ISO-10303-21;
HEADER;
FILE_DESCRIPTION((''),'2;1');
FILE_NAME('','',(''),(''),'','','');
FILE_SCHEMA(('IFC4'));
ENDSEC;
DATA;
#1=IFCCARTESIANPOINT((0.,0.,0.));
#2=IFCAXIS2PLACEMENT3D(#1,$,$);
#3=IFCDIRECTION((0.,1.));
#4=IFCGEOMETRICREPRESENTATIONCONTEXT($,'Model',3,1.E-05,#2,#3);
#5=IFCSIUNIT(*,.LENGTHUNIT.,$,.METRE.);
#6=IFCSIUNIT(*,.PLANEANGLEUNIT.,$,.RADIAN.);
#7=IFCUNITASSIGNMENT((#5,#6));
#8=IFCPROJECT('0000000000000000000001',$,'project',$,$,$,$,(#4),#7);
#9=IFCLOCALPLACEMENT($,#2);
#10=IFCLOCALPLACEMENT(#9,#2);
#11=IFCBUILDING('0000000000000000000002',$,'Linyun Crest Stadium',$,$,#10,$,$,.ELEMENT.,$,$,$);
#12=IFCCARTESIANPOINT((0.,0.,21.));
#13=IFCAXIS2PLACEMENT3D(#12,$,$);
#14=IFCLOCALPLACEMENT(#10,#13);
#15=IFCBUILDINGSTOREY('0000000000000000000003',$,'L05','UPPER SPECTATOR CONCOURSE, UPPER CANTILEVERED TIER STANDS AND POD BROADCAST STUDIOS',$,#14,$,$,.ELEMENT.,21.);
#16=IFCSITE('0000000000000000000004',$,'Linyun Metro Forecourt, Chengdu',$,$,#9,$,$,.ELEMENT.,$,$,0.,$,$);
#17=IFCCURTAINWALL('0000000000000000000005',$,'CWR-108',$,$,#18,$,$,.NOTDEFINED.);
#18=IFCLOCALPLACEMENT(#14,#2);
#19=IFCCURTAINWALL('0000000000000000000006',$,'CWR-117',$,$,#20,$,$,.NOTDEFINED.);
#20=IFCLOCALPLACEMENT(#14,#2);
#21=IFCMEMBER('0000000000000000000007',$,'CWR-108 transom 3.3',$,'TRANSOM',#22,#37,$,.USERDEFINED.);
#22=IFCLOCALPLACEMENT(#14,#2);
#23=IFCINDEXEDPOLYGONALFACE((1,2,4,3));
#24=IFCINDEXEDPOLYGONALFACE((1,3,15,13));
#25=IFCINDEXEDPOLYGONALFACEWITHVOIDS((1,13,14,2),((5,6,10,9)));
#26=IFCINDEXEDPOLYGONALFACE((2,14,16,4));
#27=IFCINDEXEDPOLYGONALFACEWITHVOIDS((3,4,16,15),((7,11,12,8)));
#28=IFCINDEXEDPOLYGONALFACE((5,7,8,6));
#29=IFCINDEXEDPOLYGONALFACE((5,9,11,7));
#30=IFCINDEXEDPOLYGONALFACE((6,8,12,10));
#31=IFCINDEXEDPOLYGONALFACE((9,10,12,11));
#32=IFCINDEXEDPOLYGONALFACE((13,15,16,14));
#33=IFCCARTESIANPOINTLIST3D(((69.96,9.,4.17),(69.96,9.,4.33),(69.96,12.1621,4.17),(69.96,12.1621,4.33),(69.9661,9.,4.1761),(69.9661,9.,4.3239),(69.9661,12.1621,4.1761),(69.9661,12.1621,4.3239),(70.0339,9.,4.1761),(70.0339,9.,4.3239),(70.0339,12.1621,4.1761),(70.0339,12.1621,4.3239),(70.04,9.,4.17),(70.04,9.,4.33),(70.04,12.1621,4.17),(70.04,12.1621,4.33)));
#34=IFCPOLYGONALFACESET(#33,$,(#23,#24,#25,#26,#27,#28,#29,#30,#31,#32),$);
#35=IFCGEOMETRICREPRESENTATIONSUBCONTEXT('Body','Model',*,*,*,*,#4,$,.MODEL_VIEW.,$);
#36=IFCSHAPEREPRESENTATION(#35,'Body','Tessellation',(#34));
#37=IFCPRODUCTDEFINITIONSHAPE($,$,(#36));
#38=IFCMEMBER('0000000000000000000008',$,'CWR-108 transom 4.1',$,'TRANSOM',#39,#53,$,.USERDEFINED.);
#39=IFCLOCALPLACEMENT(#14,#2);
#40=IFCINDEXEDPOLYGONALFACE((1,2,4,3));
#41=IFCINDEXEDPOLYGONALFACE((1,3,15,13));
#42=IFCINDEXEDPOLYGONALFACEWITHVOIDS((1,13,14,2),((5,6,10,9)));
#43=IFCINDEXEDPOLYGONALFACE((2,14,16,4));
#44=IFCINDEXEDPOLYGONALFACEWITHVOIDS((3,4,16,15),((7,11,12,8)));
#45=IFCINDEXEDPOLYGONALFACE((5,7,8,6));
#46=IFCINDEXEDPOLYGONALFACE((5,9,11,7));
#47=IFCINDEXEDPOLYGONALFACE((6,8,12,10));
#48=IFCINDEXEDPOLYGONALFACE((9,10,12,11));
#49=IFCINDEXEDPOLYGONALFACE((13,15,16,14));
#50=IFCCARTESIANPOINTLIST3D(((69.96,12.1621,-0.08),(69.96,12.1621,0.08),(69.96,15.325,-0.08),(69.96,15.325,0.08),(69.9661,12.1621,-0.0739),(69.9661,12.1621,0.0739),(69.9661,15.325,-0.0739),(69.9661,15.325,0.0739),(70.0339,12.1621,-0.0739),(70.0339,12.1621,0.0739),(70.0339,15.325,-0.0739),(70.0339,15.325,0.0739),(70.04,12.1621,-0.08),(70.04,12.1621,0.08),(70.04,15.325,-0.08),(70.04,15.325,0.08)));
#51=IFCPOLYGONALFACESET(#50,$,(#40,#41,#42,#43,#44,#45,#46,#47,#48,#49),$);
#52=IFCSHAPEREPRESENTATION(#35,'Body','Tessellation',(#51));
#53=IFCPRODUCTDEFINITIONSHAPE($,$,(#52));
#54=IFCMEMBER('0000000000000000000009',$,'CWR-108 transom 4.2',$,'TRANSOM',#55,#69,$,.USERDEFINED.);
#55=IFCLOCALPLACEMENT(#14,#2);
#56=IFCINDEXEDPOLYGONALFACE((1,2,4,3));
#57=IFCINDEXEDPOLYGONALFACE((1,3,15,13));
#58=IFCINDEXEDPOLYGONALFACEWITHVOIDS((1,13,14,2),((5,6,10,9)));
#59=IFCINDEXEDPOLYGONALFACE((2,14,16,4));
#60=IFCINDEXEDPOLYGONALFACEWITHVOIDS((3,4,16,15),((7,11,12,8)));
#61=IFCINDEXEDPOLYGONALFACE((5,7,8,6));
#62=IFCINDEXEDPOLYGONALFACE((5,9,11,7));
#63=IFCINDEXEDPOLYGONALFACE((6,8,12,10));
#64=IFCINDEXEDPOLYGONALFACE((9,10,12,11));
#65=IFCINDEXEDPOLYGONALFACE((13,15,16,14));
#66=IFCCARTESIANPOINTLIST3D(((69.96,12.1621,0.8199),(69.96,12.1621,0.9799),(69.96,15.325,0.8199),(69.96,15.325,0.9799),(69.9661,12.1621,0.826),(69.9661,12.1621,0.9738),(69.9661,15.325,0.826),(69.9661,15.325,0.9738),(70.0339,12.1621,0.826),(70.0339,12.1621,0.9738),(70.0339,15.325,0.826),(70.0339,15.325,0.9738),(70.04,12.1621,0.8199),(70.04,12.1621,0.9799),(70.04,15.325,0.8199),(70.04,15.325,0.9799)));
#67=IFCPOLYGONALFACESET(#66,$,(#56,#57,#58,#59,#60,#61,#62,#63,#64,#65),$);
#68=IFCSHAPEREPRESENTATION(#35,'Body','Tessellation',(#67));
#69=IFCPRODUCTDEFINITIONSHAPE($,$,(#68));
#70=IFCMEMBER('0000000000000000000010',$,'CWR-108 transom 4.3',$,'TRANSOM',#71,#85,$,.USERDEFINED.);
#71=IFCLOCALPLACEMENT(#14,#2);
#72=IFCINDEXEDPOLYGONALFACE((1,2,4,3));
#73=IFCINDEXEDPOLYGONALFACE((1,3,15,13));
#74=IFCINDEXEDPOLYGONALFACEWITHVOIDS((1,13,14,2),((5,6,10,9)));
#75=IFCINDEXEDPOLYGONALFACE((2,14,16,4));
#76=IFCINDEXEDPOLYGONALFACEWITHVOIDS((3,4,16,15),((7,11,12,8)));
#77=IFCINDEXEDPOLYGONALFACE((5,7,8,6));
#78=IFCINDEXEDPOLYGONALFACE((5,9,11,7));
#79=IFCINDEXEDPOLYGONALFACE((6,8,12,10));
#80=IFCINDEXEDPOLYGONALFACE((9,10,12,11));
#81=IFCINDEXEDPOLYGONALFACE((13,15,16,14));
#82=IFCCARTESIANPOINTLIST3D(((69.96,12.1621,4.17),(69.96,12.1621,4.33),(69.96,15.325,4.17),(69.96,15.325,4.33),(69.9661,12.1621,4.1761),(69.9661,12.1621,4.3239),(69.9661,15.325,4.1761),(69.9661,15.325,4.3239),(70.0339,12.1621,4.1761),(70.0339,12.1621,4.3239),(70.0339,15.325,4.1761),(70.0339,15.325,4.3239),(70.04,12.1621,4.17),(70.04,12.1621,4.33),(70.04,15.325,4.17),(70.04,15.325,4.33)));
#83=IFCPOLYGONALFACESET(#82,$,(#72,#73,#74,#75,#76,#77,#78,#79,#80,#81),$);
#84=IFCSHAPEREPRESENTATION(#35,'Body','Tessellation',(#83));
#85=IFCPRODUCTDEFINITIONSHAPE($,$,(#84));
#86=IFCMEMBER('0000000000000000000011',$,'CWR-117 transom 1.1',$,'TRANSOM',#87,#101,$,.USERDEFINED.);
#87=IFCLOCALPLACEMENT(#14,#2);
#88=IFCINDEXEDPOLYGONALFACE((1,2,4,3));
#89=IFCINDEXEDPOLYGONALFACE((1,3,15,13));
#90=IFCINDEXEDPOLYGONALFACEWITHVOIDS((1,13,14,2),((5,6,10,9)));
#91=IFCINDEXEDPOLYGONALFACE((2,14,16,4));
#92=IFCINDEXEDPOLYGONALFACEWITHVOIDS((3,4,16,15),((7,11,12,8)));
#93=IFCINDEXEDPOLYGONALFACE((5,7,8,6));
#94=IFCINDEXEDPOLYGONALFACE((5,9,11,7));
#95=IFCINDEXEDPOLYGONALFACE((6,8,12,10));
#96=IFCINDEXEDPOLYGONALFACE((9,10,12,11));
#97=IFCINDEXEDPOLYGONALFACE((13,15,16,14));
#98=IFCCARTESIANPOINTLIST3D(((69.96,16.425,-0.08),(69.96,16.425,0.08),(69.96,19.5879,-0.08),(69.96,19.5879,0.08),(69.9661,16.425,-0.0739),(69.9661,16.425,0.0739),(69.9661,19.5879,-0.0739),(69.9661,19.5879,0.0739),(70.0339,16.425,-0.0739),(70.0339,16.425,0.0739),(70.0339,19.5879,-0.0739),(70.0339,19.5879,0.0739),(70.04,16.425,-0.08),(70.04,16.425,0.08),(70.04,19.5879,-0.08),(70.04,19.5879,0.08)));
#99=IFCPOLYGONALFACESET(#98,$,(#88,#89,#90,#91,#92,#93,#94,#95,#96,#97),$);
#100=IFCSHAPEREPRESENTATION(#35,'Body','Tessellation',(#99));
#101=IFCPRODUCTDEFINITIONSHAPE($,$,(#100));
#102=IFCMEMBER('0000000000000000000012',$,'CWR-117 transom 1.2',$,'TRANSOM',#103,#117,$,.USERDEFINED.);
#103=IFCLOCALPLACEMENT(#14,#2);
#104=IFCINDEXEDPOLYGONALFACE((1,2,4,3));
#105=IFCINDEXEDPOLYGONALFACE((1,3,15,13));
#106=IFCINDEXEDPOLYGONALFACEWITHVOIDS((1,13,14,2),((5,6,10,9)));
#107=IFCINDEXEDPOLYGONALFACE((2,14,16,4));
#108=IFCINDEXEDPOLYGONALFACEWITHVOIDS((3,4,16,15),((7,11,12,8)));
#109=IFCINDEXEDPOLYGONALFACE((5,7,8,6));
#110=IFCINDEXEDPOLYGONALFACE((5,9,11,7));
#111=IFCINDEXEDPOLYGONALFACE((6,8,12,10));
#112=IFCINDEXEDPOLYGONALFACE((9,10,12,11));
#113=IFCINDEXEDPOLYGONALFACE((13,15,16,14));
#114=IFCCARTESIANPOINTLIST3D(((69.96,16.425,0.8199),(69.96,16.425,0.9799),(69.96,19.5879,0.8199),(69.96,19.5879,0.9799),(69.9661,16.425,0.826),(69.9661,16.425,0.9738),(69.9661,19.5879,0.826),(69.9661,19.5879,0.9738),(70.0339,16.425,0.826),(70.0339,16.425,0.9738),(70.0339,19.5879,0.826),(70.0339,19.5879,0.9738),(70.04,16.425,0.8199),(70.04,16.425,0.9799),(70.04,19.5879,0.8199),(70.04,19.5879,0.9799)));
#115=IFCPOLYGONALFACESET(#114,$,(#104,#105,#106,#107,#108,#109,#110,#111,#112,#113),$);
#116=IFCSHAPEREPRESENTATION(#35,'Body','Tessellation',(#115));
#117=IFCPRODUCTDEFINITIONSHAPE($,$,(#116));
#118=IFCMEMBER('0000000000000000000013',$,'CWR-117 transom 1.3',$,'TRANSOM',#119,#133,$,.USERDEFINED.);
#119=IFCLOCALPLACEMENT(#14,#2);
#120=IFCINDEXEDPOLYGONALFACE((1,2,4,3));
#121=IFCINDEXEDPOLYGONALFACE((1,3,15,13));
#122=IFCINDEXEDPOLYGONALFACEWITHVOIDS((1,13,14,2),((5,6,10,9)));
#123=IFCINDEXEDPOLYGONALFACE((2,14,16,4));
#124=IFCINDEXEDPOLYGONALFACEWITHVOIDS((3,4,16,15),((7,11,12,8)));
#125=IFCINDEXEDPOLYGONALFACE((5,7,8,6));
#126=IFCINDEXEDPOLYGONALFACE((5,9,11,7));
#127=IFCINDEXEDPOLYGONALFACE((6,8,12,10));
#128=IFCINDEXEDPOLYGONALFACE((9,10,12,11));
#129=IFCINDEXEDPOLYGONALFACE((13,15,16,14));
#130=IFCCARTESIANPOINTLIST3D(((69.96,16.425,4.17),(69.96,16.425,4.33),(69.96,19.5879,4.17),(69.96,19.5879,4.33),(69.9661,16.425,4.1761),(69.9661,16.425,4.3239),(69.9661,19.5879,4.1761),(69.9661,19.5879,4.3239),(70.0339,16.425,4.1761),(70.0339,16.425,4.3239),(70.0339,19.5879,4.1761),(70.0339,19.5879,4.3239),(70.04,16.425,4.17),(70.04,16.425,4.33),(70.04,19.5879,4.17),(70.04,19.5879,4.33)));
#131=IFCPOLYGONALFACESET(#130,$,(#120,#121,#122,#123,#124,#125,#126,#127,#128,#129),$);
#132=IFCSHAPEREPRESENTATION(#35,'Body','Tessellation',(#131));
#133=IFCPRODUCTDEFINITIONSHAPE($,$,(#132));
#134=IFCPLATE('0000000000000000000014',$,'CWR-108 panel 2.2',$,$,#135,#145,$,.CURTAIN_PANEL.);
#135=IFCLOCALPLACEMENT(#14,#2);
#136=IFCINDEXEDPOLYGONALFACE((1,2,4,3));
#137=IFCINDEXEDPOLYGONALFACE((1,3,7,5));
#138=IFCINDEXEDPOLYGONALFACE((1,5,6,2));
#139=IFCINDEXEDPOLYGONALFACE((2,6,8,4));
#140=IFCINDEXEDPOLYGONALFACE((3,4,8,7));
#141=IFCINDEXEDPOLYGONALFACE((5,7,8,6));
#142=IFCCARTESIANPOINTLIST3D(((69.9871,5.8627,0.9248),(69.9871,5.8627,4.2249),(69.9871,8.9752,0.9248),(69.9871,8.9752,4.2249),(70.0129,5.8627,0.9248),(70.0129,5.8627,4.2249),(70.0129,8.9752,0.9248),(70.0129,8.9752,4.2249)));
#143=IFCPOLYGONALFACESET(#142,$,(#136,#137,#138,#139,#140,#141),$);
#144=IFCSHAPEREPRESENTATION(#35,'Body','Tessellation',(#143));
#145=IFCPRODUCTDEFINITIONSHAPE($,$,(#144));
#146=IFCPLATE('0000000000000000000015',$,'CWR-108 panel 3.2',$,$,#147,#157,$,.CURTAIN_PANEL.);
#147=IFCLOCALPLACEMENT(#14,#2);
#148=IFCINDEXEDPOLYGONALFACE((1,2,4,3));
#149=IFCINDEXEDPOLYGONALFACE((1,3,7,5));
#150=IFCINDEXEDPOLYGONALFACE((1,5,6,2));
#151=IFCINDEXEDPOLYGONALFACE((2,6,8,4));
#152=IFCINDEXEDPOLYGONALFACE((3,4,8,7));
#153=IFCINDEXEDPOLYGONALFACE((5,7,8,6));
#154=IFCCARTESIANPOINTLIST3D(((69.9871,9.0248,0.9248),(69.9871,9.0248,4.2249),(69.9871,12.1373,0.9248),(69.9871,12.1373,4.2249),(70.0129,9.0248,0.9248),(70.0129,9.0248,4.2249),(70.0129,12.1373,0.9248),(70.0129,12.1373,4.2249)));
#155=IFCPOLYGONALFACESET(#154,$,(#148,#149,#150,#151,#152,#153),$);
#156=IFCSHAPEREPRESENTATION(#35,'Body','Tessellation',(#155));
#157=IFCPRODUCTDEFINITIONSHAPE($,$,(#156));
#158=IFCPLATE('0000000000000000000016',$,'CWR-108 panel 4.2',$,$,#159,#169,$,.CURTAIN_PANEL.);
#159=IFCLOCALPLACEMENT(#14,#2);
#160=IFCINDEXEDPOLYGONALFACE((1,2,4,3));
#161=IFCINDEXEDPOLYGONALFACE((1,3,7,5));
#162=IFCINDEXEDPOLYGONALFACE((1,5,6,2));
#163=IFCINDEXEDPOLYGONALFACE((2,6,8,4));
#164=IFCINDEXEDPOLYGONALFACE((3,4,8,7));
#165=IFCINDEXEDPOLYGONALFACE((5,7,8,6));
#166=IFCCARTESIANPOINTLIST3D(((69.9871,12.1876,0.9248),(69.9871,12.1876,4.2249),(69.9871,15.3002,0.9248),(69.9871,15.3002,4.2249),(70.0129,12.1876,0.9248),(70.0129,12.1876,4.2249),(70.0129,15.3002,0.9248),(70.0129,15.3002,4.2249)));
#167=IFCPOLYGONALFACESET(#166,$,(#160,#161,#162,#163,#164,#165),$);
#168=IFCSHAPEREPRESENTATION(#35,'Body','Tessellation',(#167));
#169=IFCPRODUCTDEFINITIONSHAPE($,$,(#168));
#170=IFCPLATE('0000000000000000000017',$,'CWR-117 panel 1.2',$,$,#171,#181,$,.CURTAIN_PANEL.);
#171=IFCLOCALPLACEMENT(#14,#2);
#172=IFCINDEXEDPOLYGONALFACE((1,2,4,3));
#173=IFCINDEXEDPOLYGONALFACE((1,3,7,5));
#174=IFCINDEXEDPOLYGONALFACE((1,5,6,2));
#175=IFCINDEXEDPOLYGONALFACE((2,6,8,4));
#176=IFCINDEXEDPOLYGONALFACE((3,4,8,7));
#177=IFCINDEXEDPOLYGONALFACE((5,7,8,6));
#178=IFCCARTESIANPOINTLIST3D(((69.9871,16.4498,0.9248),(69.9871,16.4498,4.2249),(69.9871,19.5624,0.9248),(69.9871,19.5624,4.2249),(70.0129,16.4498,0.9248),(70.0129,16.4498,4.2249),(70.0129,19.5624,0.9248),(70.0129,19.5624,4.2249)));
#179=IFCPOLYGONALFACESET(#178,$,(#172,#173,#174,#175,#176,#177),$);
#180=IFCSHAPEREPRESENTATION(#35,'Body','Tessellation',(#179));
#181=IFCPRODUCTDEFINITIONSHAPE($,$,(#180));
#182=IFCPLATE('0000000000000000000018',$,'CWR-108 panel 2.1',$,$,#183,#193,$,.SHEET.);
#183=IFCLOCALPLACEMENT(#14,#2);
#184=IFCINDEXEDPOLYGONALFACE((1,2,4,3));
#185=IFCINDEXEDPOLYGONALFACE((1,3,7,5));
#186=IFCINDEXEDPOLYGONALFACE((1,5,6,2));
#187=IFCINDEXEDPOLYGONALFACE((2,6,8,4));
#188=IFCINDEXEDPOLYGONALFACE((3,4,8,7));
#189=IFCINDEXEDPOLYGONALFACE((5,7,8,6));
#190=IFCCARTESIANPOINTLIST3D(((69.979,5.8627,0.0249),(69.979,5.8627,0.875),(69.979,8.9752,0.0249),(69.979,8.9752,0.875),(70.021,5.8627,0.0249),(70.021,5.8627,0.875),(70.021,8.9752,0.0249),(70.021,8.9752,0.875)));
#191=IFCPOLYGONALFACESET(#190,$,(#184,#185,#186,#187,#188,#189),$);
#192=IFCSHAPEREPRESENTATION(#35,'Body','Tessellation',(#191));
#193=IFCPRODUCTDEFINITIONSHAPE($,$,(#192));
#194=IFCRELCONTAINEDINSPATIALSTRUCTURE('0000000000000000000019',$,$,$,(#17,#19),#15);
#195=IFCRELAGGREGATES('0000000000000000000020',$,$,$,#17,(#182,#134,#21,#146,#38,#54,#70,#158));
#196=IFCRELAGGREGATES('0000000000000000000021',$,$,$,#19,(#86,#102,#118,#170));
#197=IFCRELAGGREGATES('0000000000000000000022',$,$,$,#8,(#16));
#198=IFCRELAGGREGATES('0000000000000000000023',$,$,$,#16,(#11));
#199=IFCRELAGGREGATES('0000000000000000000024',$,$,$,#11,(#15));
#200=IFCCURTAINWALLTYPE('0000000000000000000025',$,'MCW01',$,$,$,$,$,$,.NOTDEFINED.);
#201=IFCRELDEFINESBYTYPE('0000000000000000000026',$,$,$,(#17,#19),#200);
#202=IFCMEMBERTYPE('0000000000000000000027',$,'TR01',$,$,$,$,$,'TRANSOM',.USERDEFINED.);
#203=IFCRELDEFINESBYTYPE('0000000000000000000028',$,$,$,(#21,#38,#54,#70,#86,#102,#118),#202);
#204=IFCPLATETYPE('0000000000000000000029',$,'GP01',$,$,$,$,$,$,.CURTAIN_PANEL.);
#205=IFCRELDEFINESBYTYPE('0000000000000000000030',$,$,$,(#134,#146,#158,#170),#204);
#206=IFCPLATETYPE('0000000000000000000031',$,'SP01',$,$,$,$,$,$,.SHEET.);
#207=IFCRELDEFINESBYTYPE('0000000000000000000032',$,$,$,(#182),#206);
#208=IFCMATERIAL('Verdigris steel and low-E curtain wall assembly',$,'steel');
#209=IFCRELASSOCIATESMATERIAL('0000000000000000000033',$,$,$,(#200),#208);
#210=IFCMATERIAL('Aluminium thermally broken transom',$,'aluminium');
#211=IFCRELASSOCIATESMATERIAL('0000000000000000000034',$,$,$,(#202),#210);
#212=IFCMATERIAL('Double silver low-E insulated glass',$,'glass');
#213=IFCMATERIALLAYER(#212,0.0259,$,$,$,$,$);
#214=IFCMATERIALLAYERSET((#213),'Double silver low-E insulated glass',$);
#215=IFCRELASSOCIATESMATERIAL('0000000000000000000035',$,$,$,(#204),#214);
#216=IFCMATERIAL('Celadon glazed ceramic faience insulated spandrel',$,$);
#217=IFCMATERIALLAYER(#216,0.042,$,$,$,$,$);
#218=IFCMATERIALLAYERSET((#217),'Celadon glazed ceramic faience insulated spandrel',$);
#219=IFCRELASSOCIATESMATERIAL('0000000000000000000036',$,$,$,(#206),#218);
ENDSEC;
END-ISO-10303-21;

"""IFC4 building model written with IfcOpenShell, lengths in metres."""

from ifc_helpers import new_model, si_unit, direction, frame, origin, origin_2d, place, context, subcontext, project, spatial, rectangle, hollow_rectangle, extrude, material, layer, layer_set, material_profile, profile_set, type_object, element, aggregate, save


model = new_model("IFC4")

# Units and contexts
model_context = context("Model", 3, precision=1e-05, world=origin(), true_north=direction((0.0, 1.0)))
body_context = subcontext(model_context, "Body", "Model", "MODEL_VIEW")
ifc_project = project(units=[si_unit("LENGTHUNIT", "METRE"), si_unit("PLANEANGLEUNIT", "RADIAN")], contexts=[model_context])

# Site, building, storey
site_placement = place(None, origin())
site = spatial("IfcSite", under=ifc_project, at=site_placement, Name="Linyun Metro Forecourt, Chengdu", CompositionType="ELEMENT", RefElevation=0.0)
building_placement = place(site_placement, origin())
building = spatial("IfcBuilding", under=site, at=building_placement, Name="Linyun Crest Stadium", CompositionType="ELEMENT")
storey_placement = place(building_placement, frame((0.0, 0.0, 21.0)))
storey = spatial("IfcBuildingStorey", under=building, at=storey_placement, Name="L05", Description="UPPER SPECTATOR CONCOURSE, UPPER CANTILEVERED TIER STANDS AND POD BROADCAST STUDIOS", CompositionType="ELEMENT", Elevation=21.0)

# Curtain walls
ifc_material_1 = material(Name="Verdigris steel and low-E curtain wall assembly", Category="steel")
curtain_wall_type = type_object("IfcCurtainWallType", Name="MCW01", PredefinedType="NOTDEFINED", material=ifc_material_1)
curtain_wall_1_placement = place(storey_placement, origin())
curtain_wall_1 = element("IfcCurtainWall", 1, at=curtain_wall_1_placement, inside=storey, type_object=curtain_wall_type, Name="CWR-108", PredefinedType="NOTDEFINED")
curtain_wall_2_placement = place(storey_placement, origin())
curtain_wall_2 = element("IfcCurtainWall", 2, at=curtain_wall_2_placement, inside=storey, type_object=curtain_wall_type, Name="CWR-117", PredefinedType="NOTDEFINED")

# Members
ifc_material_2 = material(Name="Aluminium thermally broken transom", Category="aluminium")
ifc_material_profile_1 = material_profile(ifc_material_2, hollow_rectangle(XDim=0.0801, YDim=0.1599, WallThickness=0.0061, at=origin_2d()), Name="RHS 160x80x6")
ifc_profile_set_1 = profile_set([ifc_material_profile_1], Name="Aluminium thermally broken transom")
member_type_1 = type_object("IfcMemberType", Name="TR01", ElementType="TRANSOM", PredefinedType="USERDEFINED", material=ifc_profile_set_1)
member_1_placement = place(storey_placement, frame((70.0, 9.0, 4.25), z_axis=(0.0, 1.0, 0.0), x_axis=(-1.0, 0.0, 0.0)))
member_1 = element("IfcMember", 3, at=member_1_placement, type_object=member_type_1, Name="CWR-108 transom 3.3", ObjectType="TRANSOM", PredefinedType="USERDEFINED", context=body_context, shape_type="SweptSolid", body=[
    extrude(hollow_rectangle(XDim=0.0801, YDim=0.1599, WallThickness=0.0061, at=origin_2d()), origin(), (0.0, 0.0, 1.0), 3.1621),
])
member_2_placement = place(storey_placement, frame((70.0, 12.1621, 0.0), z_axis=(0.0, 1.0, 0.0), x_axis=(-1.0, 0.0, 0.0)))
member_2 = element("IfcMember", 4, at=member_2_placement, type_object=member_type_1, Name="CWR-108 transom 4.1", ObjectType="TRANSOM", PredefinedType="USERDEFINED", context=body_context, shape_type="SweptSolid", body=[
    extrude(hollow_rectangle(XDim=0.0801, YDim=0.1599, WallThickness=0.0061, at=origin_2d()), origin(), (0.0, 0.0, 1.0), 3.1628),
])
member_3_placement = place(storey_placement, frame((70.0, 12.1621, 0.8999), z_axis=(0.0, 1.0, 0.0), x_axis=(-1.0, 0.0, 0.0)))
member_3 = element("IfcMember", 5, at=member_3_placement, type_object=member_type_1, Name="CWR-108 transom 4.2", ObjectType="TRANSOM", PredefinedType="USERDEFINED", context=body_context, shape_type="SweptSolid", body=[
    extrude(hollow_rectangle(XDim=0.0801, YDim=0.1599, WallThickness=0.0061, at=origin_2d()), origin(), (0.0, 0.0, 1.0), 3.1628),
])
member_4_placement = place(storey_placement, frame((70.0, 12.1621, 4.25), z_axis=(0.0, 1.0, 0.0), x_axis=(-1.0, 0.0, 0.0)))
member_4 = element("IfcMember", 6, at=member_4_placement, type_object=member_type_1, Name="CWR-108 transom 4.3", ObjectType="TRANSOM", PredefinedType="USERDEFINED", context=body_context, shape_type="SweptSolid", body=[
    extrude(hollow_rectangle(XDim=0.0801, YDim=0.1599, WallThickness=0.0061, at=origin_2d()), origin(), (0.0, 0.0, 1.0), 3.1628),
])
member_5_placement = place(storey_placement, frame((70.0, 16.425, 0.0), z_axis=(0.0, 1.0, 0.0), x_axis=(-1.0, 0.0, 0.0)))
member_5 = element("IfcMember", 7, at=member_5_placement, type_object=member_type_1, Name="CWR-117 transom 1.1", ObjectType="TRANSOM", PredefinedType="USERDEFINED", context=body_context, shape_type="SweptSolid", body=[
    extrude(hollow_rectangle(XDim=0.0801, YDim=0.1599, WallThickness=0.0061, at=origin_2d()), origin(), (0.0, 0.0, 1.0), 3.1628),
])
member_6_placement = place(storey_placement, frame((70.0, 16.425, 0.8999), z_axis=(0.0, 1.0, 0.0), x_axis=(-1.0, 0.0, 0.0)))
member_6 = element("IfcMember", 8, at=member_6_placement, type_object=member_type_1, Name="CWR-117 transom 1.2", ObjectType="TRANSOM", PredefinedType="USERDEFINED", context=body_context, shape_type="SweptSolid", body=[
    extrude(hollow_rectangle(XDim=0.0801, YDim=0.1599, WallThickness=0.0061, at=origin_2d()), origin(), (0.0, 0.0, 1.0), 3.1628),
])
member_7_placement = place(storey_placement, frame((70.0, 16.425, 4.25), z_axis=(0.0, 1.0, 0.0), x_axis=(-1.0, 0.0, 0.0)))
member_7 = element("IfcMember", 9, at=member_7_placement, type_object=member_type_1, Name="CWR-117 transom 1.3", ObjectType="TRANSOM", PredefinedType="USERDEFINED", context=body_context, shape_type="SweptSolid", body=[
    extrude(hollow_rectangle(XDim=0.0801, YDim=0.1599, WallThickness=0.0061, at=origin_2d()), origin(), (0.0, 0.0, 1.0), 3.1628),
])

# Plates
ifc_material_3 = material(Name="Double silver low-E insulated glass", Category="glass")
ifc_layer_1 = layer(ifc_material_3, 0.0259)
ifc_layer_set_1 = layer_set([ifc_layer_1], Name="Double silver low-E insulated glass")
plate_type_1 = type_object("IfcPlateType", Name="GP01", PredefinedType="CURTAIN_PANEL", material=ifc_layer_set_1)
plate_1_placement = place(storey_placement, frame((70.0, 7.4189, 0.9248), z_axis=(0.0, 0.0, 1.0), x_axis=(0.0, 1.0, 0.0)))
plate_1 = element("IfcPlate", 10, at=plate_1_placement, type_object=plate_type_1, Name="CWR-108 panel 2.2", PredefinedType="CURTAIN_PANEL", context=body_context, shape_type="SweptSolid", body=[
    extrude(rectangle(XDim=3.1125, YDim=0.0259, at=origin_2d()), origin(), (0.0, 0.0, 1.0), 3.3),
])
plate_2_placement = place(storey_placement, frame((70.0, 10.5811, 0.9248), z_axis=(0.0, 0.0, 1.0), x_axis=(0.0, 1.0, 0.0)))
plate_2 = element("IfcPlate", 11, at=plate_2_placement, type_object=plate_type_1, Name="CWR-108 panel 3.2", PredefinedType="CURTAIN_PANEL", context=body_context, shape_type="SweptSolid", body=[
    extrude(rectangle(XDim=3.1125, YDim=0.0259, at=origin_2d()), origin(), (0.0, 0.0, 1.0), 3.3),
])
plate_3_placement = place(storey_placement, frame((70.0, 13.7439, 0.9248), z_axis=(0.0, 0.0, 1.0), x_axis=(0.0, 1.0, 0.0)))
plate_3 = element("IfcPlate", 12, at=plate_3_placement, type_object=plate_type_1, Name="CWR-108 panel 4.2", PredefinedType="CURTAIN_PANEL", context=body_context, shape_type="SweptSolid", body=[
    extrude(rectangle(XDim=3.1125, YDim=0.0259, at=origin_2d()), origin(), (0.0, 0.0, 1.0), 3.3),
])
plate_4_placement = place(storey_placement, frame((70.0, 18.0061, 0.9248), z_axis=(0.0, 0.0, 1.0), x_axis=(0.0, 1.0, 0.0)))
plate_4 = element("IfcPlate", 13, at=plate_4_placement, type_object=plate_type_1, Name="CWR-117 panel 1.2", PredefinedType="CURTAIN_PANEL", context=body_context, shape_type="SweptSolid", body=[
    extrude(rectangle(XDim=3.1125, YDim=0.0259, at=origin_2d()), origin(), (0.0, 0.0, 1.0), 3.3),
])
ifc_material_4 = material(Name="Celadon glazed ceramic faience insulated spandrel")
ifc_layer_2 = layer(ifc_material_4, 0.042)
ifc_layer_set_2 = layer_set([ifc_layer_2], Name="Celadon glazed ceramic faience insulated spandrel")
plate_type_2 = type_object("IfcPlateType", Name="SP01", PredefinedType="SHEET", material=ifc_layer_set_2)
plate_5_placement = place(storey_placement, frame((70.0, 7.4189, 0.0249), z_axis=(0.0, 0.0, 1.0), x_axis=(0.0, 1.0, 0.0)))
plate_5 = element("IfcPlate", 14, at=plate_5_placement, type_object=plate_type_2, Name="CWR-108 panel 2.1", PredefinedType="SHEET", context=body_context, shape_type="SweptSolid", body=[
    extrude(rectangle(XDim=3.1125, YDim=0.042, at=origin_2d()), origin(), (0.0, 0.0, 1.0), 0.8501),
])
aggregate(curtain_wall_1, [plate_5, plate_1, member_1, plate_2, member_2, member_3, member_4, plate_3])
aggregate(curtain_wall_2, [member_5, member_6, member_7, plate_4])

save(model, "model.ifc")
